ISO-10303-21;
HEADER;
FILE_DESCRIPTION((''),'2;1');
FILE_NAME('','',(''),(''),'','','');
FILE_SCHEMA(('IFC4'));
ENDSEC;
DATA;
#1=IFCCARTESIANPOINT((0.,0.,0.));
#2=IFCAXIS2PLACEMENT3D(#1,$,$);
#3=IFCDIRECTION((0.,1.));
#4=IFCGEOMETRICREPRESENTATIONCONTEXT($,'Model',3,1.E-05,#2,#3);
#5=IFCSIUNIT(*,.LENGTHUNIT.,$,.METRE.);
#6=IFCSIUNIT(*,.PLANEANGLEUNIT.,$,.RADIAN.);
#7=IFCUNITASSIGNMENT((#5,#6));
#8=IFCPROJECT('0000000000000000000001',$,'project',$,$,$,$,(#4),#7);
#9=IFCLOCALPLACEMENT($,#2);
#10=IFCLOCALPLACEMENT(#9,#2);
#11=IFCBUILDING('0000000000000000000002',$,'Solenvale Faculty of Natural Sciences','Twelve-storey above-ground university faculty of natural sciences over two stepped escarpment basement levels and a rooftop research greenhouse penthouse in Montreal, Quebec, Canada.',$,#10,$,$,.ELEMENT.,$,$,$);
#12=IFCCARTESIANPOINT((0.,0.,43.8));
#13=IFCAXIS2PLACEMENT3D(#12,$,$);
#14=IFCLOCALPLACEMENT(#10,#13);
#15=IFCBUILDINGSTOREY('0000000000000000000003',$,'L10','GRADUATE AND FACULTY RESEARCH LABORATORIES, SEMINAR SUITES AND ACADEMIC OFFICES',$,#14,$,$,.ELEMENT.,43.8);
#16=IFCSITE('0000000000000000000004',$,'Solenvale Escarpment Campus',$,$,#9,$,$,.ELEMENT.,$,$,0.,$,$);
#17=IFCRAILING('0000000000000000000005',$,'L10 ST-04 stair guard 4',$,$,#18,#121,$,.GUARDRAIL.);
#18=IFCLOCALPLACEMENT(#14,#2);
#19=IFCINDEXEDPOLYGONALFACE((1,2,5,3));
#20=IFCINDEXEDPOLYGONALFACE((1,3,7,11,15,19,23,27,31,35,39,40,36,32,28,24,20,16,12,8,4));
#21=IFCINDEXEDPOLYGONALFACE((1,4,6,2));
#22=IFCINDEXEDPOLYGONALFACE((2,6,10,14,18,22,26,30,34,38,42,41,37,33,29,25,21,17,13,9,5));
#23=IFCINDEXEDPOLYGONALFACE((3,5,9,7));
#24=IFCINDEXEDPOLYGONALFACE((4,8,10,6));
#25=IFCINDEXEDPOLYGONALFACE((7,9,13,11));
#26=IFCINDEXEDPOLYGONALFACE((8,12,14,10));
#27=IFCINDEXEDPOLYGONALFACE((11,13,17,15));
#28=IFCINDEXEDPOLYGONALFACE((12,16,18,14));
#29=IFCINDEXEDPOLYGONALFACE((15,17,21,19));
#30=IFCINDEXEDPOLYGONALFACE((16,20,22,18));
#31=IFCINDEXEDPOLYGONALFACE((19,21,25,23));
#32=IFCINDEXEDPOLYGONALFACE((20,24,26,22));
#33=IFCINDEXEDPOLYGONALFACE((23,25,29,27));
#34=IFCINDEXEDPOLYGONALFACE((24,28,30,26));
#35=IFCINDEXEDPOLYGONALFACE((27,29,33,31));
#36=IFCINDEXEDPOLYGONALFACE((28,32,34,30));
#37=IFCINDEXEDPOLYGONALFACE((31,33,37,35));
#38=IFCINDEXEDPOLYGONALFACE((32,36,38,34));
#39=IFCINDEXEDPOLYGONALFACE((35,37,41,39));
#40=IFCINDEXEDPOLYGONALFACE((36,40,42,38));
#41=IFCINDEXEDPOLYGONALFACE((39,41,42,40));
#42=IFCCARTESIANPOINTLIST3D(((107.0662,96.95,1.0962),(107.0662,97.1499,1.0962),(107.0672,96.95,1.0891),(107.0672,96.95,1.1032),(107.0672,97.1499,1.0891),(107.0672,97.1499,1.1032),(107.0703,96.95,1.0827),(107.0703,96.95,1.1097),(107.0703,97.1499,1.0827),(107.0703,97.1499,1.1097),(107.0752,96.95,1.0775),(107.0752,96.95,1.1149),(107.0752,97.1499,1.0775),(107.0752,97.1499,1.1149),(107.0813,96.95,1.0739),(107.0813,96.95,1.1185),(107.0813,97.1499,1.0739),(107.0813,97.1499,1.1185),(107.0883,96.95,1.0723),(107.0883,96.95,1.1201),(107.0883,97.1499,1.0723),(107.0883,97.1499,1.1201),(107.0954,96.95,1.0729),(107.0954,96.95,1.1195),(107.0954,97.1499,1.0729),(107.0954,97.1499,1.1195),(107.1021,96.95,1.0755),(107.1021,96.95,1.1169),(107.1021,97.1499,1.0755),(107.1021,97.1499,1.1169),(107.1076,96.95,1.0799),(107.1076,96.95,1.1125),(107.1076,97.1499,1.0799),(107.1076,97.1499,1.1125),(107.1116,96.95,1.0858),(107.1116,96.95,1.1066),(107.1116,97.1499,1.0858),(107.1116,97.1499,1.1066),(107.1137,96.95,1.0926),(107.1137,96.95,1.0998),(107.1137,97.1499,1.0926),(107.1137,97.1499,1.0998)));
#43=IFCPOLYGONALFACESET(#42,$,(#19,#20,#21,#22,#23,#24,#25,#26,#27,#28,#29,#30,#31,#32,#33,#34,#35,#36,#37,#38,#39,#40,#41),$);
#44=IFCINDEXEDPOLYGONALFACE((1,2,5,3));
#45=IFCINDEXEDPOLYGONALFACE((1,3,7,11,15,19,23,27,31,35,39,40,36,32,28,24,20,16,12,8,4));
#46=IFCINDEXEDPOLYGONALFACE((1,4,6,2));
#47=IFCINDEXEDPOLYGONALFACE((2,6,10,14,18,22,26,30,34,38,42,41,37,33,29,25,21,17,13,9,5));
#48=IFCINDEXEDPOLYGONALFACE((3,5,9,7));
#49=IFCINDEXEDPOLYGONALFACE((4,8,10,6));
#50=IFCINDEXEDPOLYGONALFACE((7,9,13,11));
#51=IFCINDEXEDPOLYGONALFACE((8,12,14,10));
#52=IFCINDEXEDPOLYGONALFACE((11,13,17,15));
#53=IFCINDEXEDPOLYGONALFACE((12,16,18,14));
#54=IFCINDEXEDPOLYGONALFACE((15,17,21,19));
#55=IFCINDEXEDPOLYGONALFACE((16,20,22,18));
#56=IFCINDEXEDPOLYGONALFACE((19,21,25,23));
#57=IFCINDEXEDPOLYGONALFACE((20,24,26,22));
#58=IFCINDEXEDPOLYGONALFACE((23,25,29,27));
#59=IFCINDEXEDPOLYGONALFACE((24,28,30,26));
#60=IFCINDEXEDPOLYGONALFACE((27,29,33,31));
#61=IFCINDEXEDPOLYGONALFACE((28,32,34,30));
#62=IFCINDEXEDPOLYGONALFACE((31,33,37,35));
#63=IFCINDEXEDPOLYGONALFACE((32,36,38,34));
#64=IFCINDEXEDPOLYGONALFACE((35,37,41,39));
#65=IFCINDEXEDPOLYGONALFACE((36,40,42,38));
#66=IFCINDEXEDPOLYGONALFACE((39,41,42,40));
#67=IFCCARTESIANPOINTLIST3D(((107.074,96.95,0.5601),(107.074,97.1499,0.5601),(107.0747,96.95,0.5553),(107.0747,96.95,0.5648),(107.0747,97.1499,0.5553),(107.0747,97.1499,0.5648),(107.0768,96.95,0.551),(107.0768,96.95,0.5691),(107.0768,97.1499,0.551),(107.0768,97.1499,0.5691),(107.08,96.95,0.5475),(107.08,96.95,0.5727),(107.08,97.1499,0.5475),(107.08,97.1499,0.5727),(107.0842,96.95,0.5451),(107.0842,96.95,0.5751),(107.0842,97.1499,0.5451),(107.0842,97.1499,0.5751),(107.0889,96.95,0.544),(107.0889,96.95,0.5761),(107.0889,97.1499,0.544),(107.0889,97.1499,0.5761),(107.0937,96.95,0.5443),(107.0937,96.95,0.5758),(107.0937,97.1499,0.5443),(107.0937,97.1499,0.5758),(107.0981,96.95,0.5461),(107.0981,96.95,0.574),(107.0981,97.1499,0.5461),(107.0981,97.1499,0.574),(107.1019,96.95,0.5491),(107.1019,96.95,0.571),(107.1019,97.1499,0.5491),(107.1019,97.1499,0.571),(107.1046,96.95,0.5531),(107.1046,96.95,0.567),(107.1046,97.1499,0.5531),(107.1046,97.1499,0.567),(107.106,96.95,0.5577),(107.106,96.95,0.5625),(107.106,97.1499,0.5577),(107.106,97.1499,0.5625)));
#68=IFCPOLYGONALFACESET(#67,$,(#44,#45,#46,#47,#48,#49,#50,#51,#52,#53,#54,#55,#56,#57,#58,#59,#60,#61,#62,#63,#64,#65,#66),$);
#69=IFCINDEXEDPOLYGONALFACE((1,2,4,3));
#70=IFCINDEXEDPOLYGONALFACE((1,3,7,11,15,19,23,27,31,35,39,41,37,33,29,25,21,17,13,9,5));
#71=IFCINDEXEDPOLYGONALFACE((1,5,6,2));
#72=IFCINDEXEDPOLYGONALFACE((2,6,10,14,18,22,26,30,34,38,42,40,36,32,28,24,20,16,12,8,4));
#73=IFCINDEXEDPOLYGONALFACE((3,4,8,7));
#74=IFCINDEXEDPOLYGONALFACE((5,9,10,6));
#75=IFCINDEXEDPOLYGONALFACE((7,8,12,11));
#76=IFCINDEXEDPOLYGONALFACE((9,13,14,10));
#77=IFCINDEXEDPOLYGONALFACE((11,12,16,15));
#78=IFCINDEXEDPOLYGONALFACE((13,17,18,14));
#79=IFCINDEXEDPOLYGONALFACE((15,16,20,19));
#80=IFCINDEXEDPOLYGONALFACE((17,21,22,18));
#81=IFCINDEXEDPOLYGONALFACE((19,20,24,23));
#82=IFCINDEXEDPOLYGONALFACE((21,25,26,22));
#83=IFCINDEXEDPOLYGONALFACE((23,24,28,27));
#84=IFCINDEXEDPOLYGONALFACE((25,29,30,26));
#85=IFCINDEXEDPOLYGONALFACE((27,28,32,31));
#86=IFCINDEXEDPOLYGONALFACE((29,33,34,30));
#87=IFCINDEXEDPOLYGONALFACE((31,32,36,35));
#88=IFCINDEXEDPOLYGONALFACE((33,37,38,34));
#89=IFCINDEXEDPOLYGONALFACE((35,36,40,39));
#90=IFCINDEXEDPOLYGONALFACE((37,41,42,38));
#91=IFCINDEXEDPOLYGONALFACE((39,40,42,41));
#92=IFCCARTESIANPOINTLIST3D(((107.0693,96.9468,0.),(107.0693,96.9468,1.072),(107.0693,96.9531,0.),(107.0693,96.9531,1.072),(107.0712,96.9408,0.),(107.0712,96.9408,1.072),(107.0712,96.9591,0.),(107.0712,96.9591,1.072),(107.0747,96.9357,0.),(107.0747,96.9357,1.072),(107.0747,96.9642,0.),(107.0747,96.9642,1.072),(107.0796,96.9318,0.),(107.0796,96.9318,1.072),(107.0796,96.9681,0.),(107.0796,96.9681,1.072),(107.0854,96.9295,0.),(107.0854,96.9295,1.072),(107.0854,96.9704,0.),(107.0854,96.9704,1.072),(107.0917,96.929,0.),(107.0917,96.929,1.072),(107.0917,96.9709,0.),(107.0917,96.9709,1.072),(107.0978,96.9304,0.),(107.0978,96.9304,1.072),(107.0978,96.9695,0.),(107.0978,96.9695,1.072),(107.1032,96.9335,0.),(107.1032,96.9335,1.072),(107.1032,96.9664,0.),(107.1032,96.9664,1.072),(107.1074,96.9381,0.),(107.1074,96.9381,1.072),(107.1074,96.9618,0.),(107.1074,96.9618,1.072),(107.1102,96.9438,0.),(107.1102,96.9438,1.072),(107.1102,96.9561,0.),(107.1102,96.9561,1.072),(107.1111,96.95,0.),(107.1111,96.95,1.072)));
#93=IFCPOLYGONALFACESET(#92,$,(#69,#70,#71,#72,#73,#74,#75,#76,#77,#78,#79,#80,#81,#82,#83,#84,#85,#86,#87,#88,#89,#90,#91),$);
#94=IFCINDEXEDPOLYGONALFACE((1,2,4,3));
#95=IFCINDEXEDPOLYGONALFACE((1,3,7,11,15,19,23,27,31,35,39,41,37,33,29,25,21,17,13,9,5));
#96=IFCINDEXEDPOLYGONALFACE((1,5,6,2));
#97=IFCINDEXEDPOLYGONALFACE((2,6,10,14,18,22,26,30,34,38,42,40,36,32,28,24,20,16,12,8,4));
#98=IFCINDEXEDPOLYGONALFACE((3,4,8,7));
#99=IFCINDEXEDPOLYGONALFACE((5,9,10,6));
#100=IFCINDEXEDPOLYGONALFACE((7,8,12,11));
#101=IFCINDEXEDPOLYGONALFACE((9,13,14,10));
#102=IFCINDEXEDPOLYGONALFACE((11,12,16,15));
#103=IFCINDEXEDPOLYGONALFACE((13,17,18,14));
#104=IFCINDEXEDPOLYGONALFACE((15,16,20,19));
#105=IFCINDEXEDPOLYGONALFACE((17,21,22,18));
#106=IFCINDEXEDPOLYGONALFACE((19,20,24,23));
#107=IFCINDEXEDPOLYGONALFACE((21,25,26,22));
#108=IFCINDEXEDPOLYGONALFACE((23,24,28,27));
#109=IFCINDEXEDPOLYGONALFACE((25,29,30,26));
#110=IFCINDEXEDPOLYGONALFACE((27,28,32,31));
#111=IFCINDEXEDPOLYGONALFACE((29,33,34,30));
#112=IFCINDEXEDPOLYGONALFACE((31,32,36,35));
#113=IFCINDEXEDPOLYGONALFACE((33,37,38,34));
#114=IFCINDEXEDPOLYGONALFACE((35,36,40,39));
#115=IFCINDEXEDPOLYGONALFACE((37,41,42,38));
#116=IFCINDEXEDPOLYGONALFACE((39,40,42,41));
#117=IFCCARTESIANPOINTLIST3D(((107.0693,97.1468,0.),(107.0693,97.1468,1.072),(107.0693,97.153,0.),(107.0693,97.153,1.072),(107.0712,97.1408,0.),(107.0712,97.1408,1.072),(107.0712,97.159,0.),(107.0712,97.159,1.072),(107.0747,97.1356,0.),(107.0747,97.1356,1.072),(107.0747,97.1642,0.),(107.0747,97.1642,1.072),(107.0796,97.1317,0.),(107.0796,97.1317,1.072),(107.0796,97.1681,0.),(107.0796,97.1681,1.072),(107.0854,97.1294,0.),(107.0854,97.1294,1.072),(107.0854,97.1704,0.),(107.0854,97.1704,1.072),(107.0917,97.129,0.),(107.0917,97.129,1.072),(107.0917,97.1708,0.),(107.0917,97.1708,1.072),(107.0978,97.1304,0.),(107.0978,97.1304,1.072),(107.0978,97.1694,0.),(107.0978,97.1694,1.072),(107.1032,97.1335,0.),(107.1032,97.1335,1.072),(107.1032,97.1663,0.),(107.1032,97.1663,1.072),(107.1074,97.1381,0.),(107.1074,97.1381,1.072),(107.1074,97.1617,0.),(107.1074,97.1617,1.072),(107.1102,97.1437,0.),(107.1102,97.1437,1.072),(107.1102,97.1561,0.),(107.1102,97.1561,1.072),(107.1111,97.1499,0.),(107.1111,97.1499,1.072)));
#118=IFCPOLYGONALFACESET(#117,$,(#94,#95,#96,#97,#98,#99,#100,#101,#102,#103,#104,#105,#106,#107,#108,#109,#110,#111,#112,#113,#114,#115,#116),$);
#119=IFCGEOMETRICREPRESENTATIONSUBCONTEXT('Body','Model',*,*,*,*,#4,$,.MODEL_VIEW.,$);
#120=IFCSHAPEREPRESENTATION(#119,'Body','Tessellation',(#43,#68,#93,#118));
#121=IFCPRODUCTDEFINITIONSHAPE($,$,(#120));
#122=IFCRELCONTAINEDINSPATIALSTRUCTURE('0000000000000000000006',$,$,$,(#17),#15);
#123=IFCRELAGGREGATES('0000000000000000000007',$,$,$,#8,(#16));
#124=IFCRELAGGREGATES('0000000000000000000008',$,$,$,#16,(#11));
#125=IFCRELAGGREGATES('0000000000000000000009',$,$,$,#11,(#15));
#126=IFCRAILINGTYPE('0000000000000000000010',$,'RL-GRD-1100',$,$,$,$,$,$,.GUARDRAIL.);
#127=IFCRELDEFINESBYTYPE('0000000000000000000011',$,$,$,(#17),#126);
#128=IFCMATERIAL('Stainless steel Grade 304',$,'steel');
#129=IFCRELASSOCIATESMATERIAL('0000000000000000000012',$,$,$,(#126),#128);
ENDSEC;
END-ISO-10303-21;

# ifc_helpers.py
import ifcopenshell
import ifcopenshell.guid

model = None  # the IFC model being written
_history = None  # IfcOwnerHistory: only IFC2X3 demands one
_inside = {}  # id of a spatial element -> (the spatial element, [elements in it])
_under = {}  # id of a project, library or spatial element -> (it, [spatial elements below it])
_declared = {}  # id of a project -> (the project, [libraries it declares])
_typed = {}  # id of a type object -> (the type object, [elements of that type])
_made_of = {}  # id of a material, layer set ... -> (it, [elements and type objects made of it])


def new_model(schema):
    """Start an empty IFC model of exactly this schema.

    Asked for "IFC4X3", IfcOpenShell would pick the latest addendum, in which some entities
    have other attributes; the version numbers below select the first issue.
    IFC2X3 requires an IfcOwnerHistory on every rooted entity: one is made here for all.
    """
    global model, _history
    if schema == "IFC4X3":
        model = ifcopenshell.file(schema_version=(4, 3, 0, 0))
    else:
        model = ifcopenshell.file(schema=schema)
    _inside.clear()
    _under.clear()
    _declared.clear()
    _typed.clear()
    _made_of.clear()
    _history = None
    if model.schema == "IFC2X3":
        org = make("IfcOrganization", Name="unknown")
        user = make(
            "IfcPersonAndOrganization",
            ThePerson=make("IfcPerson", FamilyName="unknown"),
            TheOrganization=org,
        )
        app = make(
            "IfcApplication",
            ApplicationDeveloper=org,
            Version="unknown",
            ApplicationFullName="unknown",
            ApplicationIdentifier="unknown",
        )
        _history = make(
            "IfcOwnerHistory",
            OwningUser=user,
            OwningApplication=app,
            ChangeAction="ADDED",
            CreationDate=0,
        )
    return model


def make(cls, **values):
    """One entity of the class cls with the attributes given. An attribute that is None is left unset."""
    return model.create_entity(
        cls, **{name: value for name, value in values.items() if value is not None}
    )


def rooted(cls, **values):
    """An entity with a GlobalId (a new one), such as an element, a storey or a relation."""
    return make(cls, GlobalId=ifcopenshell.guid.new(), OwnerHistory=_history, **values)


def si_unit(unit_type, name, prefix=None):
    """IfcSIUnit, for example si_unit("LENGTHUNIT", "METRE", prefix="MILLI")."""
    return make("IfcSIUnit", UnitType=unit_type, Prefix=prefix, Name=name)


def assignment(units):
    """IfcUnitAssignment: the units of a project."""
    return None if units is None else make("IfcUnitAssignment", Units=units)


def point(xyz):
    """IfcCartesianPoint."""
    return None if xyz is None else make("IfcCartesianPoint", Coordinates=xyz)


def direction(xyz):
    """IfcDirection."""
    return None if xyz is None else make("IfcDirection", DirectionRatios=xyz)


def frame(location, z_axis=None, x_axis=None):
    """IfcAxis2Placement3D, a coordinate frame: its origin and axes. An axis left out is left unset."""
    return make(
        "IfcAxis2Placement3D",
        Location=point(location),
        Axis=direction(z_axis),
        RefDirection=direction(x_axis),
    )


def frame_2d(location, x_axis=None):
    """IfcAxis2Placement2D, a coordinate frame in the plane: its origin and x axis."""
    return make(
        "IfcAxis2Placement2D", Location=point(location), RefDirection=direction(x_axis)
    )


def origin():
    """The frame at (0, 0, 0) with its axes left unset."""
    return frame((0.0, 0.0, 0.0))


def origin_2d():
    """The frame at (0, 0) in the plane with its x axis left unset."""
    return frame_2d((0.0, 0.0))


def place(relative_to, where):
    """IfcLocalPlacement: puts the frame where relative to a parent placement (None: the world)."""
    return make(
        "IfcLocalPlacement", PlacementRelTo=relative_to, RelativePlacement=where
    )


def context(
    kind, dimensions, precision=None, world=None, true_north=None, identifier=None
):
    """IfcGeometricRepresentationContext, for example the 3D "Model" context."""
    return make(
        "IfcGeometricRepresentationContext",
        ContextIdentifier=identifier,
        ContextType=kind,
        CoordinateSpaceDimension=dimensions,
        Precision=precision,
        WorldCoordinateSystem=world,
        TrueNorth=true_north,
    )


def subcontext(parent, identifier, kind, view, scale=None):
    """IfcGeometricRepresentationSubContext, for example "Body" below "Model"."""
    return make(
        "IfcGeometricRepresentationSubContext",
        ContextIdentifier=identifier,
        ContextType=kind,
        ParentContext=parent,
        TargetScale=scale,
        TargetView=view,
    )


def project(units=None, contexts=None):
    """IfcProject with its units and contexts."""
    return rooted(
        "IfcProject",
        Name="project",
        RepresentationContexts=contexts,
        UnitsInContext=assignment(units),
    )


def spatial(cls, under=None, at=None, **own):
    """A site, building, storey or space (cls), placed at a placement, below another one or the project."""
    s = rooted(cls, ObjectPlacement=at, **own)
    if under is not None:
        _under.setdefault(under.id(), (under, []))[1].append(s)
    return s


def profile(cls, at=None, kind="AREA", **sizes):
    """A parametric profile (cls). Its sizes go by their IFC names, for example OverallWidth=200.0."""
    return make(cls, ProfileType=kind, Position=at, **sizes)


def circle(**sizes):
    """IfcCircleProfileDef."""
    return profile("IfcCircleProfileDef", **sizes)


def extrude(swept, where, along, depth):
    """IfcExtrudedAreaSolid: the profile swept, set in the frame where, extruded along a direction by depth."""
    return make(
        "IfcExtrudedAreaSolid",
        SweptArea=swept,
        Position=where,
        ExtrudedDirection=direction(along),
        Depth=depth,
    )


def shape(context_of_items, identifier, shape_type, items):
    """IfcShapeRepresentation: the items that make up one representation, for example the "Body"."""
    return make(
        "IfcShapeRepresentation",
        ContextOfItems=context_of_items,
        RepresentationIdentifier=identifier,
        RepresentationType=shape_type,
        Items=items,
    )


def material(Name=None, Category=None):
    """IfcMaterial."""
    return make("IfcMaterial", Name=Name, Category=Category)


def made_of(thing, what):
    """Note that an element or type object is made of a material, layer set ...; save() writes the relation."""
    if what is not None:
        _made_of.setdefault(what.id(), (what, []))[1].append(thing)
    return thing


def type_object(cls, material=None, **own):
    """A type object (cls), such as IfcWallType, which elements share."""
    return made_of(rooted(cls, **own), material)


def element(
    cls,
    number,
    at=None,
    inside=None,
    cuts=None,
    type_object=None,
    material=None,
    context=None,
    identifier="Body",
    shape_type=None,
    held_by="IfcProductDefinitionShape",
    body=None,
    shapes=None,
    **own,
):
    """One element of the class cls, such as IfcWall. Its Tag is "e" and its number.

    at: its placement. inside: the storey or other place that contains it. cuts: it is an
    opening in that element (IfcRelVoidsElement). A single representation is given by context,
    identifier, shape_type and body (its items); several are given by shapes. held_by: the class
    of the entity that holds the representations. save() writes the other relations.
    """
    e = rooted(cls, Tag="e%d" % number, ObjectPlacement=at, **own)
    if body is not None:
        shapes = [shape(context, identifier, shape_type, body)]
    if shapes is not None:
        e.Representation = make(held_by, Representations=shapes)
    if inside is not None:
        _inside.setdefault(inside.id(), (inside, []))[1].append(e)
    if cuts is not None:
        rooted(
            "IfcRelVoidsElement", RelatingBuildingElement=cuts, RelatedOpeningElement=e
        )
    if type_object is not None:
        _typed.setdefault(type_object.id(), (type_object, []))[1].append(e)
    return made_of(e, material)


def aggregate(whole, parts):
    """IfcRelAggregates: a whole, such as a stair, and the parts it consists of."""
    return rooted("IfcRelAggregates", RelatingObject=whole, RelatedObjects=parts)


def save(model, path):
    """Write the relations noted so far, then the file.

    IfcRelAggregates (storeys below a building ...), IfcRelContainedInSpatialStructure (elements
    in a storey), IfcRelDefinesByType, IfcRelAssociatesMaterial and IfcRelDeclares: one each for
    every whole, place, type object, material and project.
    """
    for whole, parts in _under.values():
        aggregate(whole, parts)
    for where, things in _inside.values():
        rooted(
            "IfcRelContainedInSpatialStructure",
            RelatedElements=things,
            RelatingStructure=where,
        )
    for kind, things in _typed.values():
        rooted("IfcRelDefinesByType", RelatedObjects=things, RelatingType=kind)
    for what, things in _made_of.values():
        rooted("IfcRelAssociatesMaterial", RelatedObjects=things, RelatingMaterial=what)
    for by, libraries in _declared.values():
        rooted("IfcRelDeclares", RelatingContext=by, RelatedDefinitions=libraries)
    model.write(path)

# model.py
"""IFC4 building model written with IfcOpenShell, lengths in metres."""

from ifc_helpers import new_model, si_unit, direction, frame, origin, origin_2d, place, context, subcontext, project, spatial, circle, extrude, material, type_object, element, save


model = new_model("IFC4")

# Units and contexts
model_context = context("Model", 3, precision=1e-05, world=origin(), true_north=direction((0.0, 1.0)))
body_context = subcontext(model_context, "Body", "Model", "MODEL_VIEW")
ifc_project = project(units=[si_unit("LENGTHUNIT", "METRE"), si_unit("PLANEANGLEUNIT", "RADIAN")], contexts=[model_context])

# Site, building, storey
site_placement = place(None, origin())
site = spatial("IfcSite", under=ifc_project, at=site_placement, Name="Solenvale Escarpment Campus", CompositionType="ELEMENT", RefElevation=0.0)
building_placement = place(site_placement, origin())
building = spatial("IfcBuilding", under=site, at=building_placement, Name="Solenvale Faculty of Natural Sciences", Description="Twelve-storey above-ground university faculty of natural sciences over two stepped escarpment basement levels and a rooftop research greenhouse penthouse in Montreal, Quebec, Canada.", CompositionType="ELEMENT")
storey_placement = place(building_placement, frame((0.0, 0.0, 43.8)))
storey = spatial("IfcBuildingStorey", under=building, at=storey_placement, Name="L10", Description="GRADUATE AND FACULTY RESEARCH LABORATORIES, SEMINAR SUITES AND ACADEMIC OFFICES", CompositionType="ELEMENT", Elevation=43.8)

# Railing
ifc_material_1 = material(Name="Stainless steel Grade 304", Category="steel")
railing_type_1 = type_object("IfcRailingType", Name="RL-GRD-1100", PredefinedType="GUARDRAIL", material=ifc_material_1)
railing_1_placement = place(storey_placement, frame((107.0901, 96.95, 0.0)))
element("IfcRailing", 1, at=railing_1_placement, inside=storey, type_object=railing_type_1, Name="L10 ST-04 stair guard 4", PredefinedType="GUARDRAIL", context=body_context, shape_type="SweptSolid", body=[
    extrude(circle(Radius=0.0239, at=origin_2d()), frame((0.0, 0.0, 1.0962), z_axis=(0.0, 1.0, 0.0), x_axis=(-1.0, 0.0, 0.0)), (0.0, 0.0, 1.0), 0.2),
    extrude(circle(Radius=0.0161, at=origin_2d()), frame((0.0, 0.0, 0.5601), z_axis=(0.0, 1.0, 0.0), x_axis=(-1.0, 0.0, 0.0)), (0.0, 0.0, 1.0), 0.2),
    extrude(circle(Radius=0.021, at=origin_2d()), origin(), (0.0, 0.0, 1.0), 1.072),
    extrude(circle(Radius=0.021, at=origin_2d()), frame((0.0, 0.2, 0.0)), (0.0, 0.0, 1.0), 1.072),
])

save(model, "model.ifc")
